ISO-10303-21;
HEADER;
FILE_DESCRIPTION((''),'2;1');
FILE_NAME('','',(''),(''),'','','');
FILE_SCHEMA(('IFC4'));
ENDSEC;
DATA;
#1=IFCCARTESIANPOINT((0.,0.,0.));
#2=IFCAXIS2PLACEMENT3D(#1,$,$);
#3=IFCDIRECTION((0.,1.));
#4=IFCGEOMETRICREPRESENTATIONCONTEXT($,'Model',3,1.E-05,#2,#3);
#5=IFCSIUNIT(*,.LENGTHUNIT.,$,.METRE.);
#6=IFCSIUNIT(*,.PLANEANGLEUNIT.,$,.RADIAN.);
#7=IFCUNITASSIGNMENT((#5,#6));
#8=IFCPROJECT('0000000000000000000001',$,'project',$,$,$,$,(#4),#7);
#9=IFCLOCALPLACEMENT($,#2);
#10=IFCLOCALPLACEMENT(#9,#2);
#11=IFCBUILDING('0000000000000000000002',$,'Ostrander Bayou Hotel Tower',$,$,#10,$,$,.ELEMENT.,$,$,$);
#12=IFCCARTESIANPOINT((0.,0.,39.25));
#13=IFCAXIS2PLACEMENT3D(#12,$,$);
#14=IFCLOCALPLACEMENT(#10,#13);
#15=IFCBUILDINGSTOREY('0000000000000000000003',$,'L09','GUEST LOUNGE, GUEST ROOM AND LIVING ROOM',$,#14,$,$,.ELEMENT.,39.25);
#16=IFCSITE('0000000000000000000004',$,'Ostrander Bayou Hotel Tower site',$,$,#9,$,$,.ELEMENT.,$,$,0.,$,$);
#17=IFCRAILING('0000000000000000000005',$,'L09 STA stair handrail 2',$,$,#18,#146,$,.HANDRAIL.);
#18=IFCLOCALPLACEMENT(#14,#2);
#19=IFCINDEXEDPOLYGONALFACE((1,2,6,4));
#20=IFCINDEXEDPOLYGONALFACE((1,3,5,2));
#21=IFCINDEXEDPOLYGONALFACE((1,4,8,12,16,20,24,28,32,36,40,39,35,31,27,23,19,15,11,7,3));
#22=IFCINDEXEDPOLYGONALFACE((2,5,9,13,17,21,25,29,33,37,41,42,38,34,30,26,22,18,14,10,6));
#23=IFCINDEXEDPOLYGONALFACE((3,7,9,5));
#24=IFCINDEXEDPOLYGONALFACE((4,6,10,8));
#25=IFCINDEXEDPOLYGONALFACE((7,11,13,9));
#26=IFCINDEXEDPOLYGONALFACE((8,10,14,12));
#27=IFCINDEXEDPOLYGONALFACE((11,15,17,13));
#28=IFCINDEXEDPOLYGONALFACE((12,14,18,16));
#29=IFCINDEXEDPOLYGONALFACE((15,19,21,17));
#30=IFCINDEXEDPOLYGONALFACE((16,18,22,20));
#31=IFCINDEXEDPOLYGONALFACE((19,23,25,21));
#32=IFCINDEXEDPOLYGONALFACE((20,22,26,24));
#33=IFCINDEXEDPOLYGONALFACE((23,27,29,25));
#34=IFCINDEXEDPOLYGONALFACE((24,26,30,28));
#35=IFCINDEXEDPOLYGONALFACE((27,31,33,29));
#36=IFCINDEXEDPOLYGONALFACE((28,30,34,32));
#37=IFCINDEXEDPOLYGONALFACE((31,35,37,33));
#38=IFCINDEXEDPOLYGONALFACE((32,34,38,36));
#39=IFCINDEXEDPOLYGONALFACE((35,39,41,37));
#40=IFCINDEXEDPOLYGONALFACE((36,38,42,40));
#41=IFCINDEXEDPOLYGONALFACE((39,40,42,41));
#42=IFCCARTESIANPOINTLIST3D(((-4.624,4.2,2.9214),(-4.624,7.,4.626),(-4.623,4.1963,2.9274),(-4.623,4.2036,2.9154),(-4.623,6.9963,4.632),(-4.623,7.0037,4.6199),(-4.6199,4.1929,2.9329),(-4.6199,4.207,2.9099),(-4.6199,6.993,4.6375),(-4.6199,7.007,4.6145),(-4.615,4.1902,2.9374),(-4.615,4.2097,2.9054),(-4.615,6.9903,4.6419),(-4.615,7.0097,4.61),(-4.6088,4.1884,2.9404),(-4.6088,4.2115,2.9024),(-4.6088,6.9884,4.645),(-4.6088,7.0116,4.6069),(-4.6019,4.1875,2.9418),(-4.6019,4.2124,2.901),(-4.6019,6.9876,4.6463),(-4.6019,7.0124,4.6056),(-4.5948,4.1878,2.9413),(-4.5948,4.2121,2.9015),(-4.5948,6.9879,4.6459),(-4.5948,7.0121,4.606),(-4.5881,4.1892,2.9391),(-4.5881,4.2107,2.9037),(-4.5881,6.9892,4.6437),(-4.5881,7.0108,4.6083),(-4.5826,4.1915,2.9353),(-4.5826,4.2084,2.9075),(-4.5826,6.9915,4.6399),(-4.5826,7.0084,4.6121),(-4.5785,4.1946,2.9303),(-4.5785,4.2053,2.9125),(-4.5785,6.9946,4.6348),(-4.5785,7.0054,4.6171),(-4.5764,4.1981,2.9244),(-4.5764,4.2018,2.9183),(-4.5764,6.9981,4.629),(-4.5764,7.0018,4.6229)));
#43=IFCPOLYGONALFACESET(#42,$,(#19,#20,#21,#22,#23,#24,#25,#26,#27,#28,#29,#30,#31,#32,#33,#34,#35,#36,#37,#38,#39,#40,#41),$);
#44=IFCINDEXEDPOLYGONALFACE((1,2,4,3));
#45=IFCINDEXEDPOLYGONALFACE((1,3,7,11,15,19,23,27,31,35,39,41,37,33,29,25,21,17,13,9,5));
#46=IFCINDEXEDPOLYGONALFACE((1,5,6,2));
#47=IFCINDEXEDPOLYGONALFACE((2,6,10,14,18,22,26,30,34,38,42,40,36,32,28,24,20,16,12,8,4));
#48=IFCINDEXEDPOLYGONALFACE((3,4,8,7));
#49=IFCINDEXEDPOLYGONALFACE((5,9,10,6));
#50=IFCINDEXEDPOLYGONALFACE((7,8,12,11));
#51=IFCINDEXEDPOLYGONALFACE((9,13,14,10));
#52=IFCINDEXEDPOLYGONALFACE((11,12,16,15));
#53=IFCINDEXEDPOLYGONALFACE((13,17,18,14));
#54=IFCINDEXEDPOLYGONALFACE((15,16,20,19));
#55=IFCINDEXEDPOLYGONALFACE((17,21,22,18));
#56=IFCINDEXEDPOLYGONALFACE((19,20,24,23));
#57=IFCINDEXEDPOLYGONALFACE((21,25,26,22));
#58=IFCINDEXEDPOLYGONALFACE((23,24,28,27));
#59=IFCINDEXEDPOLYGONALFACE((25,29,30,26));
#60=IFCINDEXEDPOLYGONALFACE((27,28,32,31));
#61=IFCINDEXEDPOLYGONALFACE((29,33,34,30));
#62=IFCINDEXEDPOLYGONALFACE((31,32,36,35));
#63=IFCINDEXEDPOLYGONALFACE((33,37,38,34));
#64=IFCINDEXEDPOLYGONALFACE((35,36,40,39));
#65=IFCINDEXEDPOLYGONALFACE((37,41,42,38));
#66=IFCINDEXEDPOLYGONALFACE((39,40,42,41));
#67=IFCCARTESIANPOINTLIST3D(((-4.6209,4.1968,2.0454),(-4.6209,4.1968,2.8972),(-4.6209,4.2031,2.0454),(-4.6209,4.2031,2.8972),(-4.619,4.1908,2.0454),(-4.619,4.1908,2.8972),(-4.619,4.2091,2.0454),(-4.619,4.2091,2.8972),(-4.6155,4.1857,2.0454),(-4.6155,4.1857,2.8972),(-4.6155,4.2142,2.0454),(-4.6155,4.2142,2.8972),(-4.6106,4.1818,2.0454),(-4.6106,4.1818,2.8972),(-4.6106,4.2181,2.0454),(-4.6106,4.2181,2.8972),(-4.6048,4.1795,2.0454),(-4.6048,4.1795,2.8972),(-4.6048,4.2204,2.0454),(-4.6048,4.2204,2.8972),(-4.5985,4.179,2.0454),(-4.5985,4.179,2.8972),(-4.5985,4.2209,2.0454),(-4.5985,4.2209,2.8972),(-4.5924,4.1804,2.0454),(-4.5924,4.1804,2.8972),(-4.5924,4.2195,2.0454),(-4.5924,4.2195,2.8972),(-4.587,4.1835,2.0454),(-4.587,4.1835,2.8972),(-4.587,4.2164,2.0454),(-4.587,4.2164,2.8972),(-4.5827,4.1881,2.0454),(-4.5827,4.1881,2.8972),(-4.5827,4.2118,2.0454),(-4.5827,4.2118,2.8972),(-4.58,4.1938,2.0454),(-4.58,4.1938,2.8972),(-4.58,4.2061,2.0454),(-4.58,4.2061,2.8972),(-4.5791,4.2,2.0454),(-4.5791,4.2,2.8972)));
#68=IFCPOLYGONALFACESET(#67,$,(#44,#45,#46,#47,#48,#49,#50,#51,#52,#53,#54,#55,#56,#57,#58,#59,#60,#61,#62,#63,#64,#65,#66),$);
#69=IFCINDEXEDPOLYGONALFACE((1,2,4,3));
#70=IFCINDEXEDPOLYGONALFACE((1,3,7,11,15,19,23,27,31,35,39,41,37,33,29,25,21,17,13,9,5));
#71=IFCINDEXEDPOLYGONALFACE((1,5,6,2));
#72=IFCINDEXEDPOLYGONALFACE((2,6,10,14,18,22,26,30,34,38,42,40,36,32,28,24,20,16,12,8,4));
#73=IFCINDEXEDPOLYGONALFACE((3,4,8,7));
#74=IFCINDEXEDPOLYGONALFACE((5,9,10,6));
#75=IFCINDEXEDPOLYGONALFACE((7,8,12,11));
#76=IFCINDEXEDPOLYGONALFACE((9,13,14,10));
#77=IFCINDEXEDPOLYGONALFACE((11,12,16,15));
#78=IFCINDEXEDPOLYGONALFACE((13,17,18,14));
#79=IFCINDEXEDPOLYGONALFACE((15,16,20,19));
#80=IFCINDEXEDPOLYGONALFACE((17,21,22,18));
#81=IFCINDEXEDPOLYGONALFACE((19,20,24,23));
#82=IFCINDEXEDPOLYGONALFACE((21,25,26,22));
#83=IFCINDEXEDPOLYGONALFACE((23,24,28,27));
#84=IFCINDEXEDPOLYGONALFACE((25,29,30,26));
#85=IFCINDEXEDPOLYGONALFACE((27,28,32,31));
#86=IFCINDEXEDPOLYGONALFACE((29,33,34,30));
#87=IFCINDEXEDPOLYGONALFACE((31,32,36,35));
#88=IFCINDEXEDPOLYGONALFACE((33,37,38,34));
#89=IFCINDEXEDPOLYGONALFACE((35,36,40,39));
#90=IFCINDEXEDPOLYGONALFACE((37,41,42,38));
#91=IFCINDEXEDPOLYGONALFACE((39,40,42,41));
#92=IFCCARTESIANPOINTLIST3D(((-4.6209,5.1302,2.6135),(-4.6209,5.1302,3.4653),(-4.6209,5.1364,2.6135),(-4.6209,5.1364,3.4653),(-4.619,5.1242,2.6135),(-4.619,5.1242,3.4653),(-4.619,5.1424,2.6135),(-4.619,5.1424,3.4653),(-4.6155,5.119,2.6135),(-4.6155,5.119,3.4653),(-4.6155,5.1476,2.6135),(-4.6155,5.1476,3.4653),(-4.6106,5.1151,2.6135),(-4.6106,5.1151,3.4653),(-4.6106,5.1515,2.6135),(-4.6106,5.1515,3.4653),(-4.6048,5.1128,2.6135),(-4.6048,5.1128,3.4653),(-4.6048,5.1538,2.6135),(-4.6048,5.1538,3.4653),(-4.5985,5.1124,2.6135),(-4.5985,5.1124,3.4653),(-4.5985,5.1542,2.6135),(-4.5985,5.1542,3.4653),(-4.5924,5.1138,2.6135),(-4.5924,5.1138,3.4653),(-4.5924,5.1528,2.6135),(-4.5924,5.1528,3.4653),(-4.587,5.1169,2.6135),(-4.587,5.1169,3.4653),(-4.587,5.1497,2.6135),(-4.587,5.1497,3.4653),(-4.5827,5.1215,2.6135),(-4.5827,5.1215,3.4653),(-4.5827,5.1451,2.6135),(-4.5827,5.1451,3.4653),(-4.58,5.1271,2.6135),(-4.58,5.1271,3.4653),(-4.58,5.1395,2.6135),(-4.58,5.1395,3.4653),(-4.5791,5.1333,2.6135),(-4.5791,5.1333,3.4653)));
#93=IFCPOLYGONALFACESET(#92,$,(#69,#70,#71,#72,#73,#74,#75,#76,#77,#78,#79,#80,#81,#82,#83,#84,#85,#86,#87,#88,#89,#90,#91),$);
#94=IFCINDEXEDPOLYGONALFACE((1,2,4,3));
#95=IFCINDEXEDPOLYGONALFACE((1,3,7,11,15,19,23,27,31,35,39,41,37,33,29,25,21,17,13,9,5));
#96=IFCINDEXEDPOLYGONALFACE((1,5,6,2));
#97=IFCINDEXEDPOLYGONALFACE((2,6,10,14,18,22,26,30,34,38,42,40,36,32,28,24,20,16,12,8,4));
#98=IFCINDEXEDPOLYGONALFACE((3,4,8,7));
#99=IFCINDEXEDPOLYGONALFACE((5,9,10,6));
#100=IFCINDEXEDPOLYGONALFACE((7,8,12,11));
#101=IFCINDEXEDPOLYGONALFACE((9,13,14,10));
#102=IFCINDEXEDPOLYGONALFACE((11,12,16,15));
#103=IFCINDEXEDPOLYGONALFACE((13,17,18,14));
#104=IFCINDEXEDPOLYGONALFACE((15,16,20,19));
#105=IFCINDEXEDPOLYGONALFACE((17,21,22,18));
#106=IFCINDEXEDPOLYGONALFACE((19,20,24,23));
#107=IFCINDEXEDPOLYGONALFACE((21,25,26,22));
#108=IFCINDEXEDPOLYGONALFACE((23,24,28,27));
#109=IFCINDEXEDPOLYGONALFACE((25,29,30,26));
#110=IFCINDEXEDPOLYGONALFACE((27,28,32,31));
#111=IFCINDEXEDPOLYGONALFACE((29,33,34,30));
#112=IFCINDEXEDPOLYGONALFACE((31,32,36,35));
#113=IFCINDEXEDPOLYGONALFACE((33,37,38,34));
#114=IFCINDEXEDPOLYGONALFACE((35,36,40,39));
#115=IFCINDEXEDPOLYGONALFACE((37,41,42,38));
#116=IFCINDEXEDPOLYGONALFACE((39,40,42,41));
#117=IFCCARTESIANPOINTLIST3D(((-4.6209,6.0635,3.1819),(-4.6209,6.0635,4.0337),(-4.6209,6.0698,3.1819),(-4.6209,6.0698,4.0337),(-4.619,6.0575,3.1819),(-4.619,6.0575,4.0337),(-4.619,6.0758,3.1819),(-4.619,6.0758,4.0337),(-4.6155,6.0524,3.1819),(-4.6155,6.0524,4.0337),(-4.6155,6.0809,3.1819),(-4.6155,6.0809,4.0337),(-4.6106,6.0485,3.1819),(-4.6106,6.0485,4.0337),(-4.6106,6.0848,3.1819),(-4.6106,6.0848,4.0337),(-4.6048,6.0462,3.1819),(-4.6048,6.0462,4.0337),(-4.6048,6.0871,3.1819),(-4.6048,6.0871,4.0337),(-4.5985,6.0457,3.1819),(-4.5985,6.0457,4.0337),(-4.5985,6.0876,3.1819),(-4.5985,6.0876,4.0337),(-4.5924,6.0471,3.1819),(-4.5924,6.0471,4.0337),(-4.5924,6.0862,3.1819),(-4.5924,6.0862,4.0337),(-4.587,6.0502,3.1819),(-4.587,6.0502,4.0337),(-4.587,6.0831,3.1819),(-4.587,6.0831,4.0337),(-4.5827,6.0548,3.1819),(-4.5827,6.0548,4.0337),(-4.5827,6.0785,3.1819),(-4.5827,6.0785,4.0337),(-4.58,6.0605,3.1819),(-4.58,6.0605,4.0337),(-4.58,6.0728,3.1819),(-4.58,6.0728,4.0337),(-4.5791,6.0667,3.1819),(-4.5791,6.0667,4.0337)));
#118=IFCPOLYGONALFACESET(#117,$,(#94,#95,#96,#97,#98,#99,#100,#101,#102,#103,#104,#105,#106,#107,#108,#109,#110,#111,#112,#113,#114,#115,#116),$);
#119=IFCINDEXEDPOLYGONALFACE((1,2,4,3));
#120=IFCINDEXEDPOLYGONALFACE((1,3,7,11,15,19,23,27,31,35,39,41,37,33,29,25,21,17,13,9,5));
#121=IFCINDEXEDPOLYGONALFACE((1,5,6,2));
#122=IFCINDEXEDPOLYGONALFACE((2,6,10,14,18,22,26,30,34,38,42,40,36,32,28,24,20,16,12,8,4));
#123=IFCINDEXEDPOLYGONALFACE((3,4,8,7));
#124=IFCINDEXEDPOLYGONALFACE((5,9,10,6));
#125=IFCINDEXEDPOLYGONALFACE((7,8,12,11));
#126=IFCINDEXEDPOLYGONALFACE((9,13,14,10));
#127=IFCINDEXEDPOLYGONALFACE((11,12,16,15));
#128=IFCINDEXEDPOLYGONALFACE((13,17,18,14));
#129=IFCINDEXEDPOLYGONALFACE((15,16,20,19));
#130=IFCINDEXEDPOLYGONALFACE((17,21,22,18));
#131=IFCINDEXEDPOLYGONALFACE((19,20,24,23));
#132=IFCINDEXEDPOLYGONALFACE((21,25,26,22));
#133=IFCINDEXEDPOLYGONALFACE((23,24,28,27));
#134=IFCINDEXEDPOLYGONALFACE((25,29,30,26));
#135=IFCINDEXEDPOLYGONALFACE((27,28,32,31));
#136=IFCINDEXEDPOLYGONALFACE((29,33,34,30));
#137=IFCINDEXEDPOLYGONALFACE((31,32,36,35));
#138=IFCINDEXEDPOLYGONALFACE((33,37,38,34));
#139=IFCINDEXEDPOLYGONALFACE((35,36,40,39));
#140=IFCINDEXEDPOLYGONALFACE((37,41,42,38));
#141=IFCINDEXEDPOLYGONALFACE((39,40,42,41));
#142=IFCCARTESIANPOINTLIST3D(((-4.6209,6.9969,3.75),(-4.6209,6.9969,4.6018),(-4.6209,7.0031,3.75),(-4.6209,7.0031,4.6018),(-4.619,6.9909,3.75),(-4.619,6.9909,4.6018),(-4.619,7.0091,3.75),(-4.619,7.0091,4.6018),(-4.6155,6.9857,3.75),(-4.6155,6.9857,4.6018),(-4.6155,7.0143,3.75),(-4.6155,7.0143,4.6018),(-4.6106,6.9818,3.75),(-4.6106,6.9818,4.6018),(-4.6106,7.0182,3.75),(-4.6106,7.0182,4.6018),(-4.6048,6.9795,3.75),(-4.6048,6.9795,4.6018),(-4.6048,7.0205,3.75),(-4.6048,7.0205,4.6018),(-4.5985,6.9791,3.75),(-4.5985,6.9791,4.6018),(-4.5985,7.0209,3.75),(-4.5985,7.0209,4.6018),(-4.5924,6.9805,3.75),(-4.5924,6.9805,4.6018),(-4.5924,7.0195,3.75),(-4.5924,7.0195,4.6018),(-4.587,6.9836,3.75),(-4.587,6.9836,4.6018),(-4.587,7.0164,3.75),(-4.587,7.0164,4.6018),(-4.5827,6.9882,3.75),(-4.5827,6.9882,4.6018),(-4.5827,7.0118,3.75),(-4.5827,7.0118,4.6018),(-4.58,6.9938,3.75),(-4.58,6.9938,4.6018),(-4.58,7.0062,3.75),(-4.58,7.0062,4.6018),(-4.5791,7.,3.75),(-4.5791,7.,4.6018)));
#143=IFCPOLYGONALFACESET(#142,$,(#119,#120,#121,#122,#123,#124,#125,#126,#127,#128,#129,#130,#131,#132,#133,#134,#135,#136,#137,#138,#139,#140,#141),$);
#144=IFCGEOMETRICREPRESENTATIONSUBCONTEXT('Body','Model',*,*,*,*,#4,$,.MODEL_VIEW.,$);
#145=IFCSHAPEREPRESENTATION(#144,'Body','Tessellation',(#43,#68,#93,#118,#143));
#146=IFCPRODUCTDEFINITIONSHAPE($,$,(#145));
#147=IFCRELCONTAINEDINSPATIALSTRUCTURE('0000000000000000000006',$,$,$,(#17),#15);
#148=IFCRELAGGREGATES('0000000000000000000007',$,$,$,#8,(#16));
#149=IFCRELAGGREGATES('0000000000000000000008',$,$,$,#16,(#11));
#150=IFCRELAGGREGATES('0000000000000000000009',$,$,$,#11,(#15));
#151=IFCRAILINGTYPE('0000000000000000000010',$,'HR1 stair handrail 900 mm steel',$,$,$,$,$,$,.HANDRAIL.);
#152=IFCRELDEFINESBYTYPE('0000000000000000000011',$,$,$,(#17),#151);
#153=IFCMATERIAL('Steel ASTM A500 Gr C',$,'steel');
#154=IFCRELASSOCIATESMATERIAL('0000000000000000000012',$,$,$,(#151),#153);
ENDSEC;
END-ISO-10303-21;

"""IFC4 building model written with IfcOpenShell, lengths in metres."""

from ifc_helpers import new_model, si_unit, direction, frame, origin, origin_2d, place, context, subcontext, project, spatial, circle, extrude, material, type_object, element, save


model = new_model("IFC4")

# Units and contexts
model_context = context("Model", 3, precision=1e-05, world=origin(), true_north=direction((0.0, 1.0)))
body_context = subcontext(model_context, "Body", "Model", "MODEL_VIEW")
ifc_project = project(units=[si_unit("LENGTHUNIT", "METRE"), si_unit("PLANEANGLEUNIT", "RADIAN")], contexts=[model_context])

# Site, building, storey
site_placement = place(None, origin())
site = spatial("IfcSite", under=ifc_project, at=site_placement, Name="Ostrander Bayou Hotel Tower site", CompositionType="ELEMENT", RefElevation=0.0)
building_placement = place(site_placement, origin())
building = spatial("IfcBuilding", under=site, at=building_placement, Name="Ostrander Bayou Hotel Tower", CompositionType="ELEMENT")
storey_placement = place(building_placement, frame((0.0, 0.0, 39.25)))
storey = spatial("IfcBuildingStorey", under=building, at=storey_placement, Name="L09", Description="GUEST LOUNGE, GUEST ROOM AND LIVING ROOM", CompositionType="ELEMENT", Elevation=39.25)

# Railing
ifc_material_1 = material(Name="Steel ASTM A500 Gr C", Category="steel")
railing_type_1 = type_object("IfcRailingType", Name="HR1 stair handrail 900 mm steel", PredefinedType="HANDRAIL", material=ifc_material_1)
railing_1_placement = place(storey_placement, frame((-4.6001, 4.2, 2.0454)))
element("IfcRailing", 1, at=railing_1_placement, inside=storey, type_object=railing_type_1, Name="L09 STA stair handrail 2", PredefinedType="HANDRAIL", context=body_context, shape_type="SweptSolid", body=[
    extrude(circle(Radius=0.0239, at=origin_2d()), frame((0.0, 0.0, 0.876), z_axis=(0.0, 0.85417, 0.519994), x_axis=(-1.0, 0.0, 0.0)), (0.0, 0.0, 1.0), 3.2781),
    extrude(circle(Radius=0.021, at=origin_2d()), origin(), (0.0, 0.0, 1.0), 0.8518),
    extrude(circle(Radius=0.021, at=origin_2d()), frame((0.0, 0.9333, 0.5681)), (0.0, 0.0, 1.0), 0.8518),
    extrude(circle(Radius=0.021, at=origin_2d()), frame((0.0, 1.8667, 1.1365)), (0.0, 0.0, 1.0), 0.8518),
    extrude(circle(Radius=0.021, at=origin_2d()), frame((0.0, 2.8, 1.7046)), (0.0, 0.0, 1.0), 0.8518),
])

save(model, "model.ifc")
